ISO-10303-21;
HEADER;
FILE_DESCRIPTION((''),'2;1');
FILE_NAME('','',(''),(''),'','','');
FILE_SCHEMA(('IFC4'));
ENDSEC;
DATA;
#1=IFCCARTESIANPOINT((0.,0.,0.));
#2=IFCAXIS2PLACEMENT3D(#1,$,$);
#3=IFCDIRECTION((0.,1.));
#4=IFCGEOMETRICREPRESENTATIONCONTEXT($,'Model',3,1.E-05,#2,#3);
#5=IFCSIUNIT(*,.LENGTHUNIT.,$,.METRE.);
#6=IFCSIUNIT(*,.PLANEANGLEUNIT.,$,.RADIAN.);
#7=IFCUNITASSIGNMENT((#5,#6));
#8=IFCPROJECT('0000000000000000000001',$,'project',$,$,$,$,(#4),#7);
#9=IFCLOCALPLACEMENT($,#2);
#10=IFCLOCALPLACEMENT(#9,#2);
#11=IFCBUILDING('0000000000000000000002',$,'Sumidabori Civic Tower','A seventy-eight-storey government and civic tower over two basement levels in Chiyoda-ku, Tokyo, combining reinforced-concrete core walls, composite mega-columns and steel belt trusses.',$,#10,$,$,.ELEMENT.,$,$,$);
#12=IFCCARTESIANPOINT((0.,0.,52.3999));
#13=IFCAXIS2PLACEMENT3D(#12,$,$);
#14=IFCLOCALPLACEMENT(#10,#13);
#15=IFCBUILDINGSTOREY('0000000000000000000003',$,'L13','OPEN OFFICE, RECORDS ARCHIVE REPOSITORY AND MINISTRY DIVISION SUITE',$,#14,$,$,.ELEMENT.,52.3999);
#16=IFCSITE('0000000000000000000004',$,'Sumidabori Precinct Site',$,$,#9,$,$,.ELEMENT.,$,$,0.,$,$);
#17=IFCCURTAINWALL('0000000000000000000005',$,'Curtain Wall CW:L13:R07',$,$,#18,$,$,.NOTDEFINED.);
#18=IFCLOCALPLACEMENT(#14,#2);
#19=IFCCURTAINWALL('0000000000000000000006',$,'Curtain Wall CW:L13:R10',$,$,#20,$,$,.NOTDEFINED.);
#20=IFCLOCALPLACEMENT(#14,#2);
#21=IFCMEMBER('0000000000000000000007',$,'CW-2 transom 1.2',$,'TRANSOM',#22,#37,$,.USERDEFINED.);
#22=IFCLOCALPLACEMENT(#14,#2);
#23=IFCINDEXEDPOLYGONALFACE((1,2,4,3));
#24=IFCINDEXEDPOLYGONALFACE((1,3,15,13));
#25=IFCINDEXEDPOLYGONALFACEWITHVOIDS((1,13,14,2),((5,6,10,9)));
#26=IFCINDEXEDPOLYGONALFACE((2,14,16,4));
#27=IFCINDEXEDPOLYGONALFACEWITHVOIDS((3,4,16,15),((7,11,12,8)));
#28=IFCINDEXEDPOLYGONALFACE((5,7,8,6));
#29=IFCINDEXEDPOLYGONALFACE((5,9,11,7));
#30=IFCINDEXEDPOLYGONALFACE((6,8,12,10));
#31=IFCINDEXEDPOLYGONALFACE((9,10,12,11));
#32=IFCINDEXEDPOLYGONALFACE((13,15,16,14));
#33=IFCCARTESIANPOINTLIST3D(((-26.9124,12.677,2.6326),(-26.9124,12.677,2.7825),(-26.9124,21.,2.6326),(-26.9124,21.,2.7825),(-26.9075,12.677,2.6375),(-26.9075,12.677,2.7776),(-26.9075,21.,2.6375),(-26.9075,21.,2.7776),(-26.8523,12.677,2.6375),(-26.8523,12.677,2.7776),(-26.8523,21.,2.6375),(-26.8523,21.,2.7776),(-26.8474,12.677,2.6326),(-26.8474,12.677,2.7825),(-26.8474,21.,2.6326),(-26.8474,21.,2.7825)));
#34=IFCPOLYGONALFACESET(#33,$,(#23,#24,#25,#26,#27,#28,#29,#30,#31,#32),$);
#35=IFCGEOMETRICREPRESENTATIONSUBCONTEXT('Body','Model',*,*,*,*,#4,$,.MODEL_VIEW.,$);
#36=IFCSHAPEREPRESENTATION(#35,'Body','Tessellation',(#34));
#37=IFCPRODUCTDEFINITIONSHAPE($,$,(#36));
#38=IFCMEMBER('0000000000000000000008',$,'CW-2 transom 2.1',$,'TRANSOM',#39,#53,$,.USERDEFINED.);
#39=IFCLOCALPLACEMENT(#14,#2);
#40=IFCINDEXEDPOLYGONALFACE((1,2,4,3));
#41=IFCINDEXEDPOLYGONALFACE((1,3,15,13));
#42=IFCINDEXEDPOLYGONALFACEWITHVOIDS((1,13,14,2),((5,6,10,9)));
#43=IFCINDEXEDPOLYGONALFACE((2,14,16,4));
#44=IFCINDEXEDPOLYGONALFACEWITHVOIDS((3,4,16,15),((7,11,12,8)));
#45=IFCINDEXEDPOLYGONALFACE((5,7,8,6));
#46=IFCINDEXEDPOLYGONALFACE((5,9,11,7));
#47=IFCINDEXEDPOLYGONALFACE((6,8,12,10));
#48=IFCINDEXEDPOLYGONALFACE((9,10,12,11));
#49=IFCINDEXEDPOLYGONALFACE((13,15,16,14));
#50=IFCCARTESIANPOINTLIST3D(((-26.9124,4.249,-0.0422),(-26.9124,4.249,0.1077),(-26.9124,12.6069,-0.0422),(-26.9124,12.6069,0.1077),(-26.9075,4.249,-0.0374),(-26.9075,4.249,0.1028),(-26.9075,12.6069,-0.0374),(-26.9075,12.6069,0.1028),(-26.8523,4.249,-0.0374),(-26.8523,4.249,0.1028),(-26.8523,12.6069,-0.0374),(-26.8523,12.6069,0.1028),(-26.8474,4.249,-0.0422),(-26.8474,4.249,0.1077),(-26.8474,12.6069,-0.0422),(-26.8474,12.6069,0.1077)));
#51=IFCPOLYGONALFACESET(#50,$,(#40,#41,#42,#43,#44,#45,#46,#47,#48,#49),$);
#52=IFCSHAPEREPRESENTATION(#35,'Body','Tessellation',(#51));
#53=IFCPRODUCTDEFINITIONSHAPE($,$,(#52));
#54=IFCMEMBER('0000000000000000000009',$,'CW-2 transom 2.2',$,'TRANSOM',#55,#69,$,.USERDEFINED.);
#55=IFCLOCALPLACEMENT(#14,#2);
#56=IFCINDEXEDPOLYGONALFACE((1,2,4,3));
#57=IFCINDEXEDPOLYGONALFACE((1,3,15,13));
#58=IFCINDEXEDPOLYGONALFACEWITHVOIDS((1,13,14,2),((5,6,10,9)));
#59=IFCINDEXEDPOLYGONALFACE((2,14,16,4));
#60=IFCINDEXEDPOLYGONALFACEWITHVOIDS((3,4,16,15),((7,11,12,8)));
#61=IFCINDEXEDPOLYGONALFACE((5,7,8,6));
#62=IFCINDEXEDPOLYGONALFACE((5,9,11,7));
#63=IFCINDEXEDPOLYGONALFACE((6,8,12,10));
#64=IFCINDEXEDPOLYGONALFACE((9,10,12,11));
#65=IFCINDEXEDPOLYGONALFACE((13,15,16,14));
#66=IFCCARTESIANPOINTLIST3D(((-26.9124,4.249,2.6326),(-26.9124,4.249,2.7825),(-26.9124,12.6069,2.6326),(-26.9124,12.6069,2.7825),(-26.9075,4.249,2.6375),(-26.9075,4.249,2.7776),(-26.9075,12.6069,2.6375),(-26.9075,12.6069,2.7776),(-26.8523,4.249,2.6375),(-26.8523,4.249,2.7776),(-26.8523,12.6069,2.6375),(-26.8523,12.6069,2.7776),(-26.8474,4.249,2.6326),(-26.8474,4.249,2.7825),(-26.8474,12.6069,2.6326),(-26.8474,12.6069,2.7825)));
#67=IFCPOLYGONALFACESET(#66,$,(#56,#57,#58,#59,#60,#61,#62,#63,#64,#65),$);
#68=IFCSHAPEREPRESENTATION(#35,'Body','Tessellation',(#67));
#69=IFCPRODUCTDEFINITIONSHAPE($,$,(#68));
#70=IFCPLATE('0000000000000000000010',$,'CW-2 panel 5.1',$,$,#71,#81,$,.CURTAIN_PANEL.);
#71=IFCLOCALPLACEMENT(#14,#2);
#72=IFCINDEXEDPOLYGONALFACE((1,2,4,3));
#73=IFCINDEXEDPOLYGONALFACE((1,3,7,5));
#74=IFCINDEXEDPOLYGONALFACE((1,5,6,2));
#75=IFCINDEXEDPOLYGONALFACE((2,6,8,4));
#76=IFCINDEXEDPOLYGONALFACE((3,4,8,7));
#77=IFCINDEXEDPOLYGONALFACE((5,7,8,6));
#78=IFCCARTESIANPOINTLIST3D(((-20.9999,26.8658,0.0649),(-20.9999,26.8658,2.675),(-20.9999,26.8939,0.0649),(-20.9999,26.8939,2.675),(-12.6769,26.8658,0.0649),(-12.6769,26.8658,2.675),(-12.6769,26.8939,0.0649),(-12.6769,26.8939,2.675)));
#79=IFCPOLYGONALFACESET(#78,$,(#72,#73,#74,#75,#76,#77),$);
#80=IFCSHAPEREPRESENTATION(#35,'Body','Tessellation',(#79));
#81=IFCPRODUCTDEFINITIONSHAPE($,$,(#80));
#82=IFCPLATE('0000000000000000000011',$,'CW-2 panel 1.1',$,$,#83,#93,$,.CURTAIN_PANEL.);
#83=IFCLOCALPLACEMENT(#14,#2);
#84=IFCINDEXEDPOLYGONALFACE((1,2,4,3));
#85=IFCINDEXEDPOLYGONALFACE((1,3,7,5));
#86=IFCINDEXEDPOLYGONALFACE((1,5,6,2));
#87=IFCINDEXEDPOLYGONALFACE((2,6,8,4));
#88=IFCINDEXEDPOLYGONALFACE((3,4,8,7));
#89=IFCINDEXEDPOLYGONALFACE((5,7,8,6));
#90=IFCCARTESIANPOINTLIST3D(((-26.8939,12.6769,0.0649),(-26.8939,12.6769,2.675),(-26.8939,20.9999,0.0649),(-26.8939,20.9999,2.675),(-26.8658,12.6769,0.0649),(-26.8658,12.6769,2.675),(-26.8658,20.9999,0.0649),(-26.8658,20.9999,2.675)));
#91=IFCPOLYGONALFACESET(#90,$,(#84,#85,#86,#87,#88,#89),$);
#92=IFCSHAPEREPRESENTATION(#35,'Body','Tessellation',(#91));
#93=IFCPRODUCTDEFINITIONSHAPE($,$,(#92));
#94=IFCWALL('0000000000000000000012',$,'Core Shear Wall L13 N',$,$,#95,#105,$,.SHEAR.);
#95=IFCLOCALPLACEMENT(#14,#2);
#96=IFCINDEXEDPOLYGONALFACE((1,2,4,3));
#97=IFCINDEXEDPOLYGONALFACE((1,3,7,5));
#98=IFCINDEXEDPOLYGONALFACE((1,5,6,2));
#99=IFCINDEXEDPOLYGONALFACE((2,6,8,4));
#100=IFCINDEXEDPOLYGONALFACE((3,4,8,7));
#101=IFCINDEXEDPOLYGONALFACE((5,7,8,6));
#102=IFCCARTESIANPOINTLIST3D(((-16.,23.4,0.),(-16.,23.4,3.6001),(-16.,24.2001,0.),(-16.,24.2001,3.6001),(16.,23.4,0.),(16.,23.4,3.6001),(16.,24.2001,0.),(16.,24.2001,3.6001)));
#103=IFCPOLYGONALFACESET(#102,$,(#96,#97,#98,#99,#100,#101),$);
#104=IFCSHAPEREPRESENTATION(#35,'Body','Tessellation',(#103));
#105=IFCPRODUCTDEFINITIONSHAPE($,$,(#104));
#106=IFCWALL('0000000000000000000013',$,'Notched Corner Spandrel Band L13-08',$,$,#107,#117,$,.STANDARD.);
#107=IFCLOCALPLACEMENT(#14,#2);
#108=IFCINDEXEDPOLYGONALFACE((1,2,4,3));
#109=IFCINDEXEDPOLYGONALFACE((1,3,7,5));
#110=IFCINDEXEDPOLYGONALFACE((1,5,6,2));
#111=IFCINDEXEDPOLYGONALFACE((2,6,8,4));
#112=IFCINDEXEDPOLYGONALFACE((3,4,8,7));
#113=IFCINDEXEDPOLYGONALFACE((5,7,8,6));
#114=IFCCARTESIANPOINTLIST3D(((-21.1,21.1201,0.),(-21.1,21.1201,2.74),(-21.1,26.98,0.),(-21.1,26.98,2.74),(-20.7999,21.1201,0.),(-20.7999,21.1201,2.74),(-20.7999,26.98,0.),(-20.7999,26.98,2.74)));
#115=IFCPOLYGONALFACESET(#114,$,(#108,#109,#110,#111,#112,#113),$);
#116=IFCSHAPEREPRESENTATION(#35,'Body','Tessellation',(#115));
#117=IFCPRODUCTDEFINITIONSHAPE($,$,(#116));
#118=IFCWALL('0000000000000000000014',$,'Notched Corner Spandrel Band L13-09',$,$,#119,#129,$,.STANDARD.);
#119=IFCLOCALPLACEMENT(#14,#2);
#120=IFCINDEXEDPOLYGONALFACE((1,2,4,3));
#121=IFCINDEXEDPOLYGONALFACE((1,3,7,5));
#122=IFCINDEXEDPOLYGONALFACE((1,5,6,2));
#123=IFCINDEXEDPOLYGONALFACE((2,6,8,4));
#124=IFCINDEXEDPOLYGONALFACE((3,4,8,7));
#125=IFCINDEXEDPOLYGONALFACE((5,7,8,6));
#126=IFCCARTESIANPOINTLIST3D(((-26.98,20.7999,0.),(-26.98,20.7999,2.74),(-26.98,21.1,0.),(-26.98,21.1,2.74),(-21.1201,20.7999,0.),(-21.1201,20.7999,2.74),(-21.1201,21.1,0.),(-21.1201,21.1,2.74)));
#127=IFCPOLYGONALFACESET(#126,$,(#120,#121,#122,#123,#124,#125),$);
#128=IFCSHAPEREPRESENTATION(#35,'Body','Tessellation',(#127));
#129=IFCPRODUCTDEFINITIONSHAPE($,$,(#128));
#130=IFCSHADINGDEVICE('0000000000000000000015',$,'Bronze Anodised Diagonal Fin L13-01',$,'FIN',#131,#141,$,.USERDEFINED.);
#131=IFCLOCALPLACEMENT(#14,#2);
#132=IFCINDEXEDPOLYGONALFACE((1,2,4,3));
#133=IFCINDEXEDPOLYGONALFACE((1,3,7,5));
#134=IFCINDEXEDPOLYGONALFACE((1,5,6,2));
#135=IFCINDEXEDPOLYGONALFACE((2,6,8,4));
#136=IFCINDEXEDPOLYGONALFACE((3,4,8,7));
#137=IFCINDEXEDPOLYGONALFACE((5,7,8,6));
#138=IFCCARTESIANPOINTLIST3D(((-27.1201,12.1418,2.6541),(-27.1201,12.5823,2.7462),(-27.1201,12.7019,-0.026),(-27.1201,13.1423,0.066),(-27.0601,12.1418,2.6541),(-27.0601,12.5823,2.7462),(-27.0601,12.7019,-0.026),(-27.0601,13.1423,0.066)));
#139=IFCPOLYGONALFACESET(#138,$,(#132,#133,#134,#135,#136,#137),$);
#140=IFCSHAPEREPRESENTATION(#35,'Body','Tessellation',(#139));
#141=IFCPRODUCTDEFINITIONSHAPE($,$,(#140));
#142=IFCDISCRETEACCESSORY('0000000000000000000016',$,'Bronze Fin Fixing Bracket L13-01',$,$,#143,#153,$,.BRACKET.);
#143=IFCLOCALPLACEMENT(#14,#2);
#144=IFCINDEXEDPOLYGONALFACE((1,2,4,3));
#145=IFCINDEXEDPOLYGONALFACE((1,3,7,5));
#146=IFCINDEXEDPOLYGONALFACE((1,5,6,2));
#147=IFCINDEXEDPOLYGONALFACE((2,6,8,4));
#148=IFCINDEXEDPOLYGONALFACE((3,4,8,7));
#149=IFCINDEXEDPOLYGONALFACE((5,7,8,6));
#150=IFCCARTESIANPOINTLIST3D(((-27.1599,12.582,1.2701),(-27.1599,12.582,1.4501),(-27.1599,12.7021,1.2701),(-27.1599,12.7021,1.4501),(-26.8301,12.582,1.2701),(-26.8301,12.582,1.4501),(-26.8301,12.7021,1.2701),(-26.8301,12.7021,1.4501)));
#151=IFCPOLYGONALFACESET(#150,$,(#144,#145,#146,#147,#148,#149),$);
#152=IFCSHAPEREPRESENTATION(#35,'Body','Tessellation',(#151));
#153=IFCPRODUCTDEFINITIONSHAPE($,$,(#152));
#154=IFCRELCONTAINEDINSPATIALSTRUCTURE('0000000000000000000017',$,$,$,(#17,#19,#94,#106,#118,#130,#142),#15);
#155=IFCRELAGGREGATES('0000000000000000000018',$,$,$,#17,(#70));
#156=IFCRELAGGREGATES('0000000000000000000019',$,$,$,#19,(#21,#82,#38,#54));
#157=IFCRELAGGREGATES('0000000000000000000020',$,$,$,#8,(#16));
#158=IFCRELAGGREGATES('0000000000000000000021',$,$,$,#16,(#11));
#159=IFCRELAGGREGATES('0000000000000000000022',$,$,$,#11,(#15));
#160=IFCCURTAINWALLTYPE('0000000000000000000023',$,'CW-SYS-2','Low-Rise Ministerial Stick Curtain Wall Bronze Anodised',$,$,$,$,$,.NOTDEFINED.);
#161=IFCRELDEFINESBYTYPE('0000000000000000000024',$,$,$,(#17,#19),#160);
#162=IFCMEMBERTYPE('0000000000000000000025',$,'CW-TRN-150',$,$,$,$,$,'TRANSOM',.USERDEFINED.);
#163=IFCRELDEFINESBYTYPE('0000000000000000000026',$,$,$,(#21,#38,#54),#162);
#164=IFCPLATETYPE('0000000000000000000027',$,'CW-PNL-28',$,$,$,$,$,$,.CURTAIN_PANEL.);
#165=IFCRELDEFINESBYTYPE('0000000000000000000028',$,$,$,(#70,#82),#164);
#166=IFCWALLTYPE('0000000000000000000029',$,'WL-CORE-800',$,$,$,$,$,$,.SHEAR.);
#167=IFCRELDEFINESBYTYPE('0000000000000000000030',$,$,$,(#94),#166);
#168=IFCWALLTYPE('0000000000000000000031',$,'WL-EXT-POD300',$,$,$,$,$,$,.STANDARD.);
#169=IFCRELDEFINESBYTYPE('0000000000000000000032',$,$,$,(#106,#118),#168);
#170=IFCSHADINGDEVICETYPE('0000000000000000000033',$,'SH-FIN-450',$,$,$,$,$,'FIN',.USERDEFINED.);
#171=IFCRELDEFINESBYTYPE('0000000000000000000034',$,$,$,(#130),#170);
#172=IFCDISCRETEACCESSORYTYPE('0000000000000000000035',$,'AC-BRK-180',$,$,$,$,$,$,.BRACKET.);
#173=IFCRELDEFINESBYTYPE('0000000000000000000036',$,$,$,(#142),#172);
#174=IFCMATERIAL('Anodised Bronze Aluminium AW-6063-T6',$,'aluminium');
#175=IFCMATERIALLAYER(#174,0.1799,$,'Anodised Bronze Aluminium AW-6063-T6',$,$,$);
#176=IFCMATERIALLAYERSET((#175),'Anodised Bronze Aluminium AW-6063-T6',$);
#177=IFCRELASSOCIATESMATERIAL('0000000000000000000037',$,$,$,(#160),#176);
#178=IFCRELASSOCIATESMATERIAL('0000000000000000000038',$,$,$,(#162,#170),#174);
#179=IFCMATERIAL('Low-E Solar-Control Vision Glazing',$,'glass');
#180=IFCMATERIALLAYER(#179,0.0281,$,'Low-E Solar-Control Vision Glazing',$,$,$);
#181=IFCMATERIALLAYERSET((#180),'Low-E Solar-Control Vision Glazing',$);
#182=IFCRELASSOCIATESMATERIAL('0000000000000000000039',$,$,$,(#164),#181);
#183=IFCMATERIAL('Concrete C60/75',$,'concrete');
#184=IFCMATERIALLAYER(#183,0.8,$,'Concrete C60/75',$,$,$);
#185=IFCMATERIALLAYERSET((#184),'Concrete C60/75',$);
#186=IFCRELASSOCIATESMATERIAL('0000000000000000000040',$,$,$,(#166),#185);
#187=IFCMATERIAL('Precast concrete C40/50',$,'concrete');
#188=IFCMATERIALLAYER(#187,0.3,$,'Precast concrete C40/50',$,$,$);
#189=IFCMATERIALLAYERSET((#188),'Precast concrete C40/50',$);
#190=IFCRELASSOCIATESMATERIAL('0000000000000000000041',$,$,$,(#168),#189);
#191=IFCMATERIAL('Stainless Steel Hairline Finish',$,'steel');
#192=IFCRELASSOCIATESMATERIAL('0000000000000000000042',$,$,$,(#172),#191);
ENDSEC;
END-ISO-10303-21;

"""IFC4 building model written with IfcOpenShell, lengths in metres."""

from ifc_helpers import new_model, si_unit, direction, frame, frame_2d, origin, origin_2d, place, context, subcontext, project, spatial, rectangle, hollow_rectangle, extrude, source, transform, mapped, material, layer, layer_set, material_profile, profile_set, type_object, element, aggregate, save


model = new_model("IFC4")

# Units and contexts
model_context = context("Model", 3, precision=1e-05, world=origin(), true_north=direction((0.0, 1.0)))
body_context = subcontext(model_context, "Body", "Model", "MODEL_VIEW")
ifc_project = project(units=[si_unit("LENGTHUNIT", "METRE"), si_unit("PLANEANGLEUNIT", "RADIAN")], contexts=[model_context])

# Site, building, storey
site_placement = place(None, origin())
site = spatial("IfcSite", under=ifc_project, at=site_placement, Name="Sumidabori Precinct Site", CompositionType="ELEMENT", RefElevation=0.0)
building_placement = place(site_placement, origin())
building = spatial("IfcBuilding", under=site, at=building_placement, Name="Sumidabori Civic Tower", Description="A seventy-eight-storey government and civic tower over two basement levels in Chiyoda-ku, Tokyo, combining reinforced-concrete core walls, composite mega-columns and steel belt trusses.", CompositionType="ELEMENT")
storey_placement = place(building_placement, frame((0.0, 0.0, 52.3999)))
storey = spatial("IfcBuildingStorey", under=building, at=storey_placement, Name="L13", Description="OPEN OFFICE, RECORDS ARCHIVE REPOSITORY AND MINISTRY DIVISION SUITE", CompositionType="ELEMENT", Elevation=52.3999)

# Shared definitions
ifc_material_1 = material(Name="Concrete C60/75", Category="concrete")

# Curtain wall
ifc_material_2 = material(Name="Anodised Bronze Aluminium AW-6063-T6", Category="aluminium")
ifc_layer_1 = layer(ifc_material_2, 0.1799, Name="Anodised Bronze Aluminium AW-6063-T6")
ifc_layer_set_1 = layer_set([ifc_layer_1], Name="Anodised Bronze Aluminium AW-6063-T6")
curtain_wall_type = type_object("IfcCurtainWallType", Name="CW-SYS-2", Description="Low-Rise Ministerial Stick Curtain Wall Bronze Anodised", PredefinedType="NOTDEFINED", material=ifc_layer_set_1)
curtain_wall_1_placement = place(storey_placement, origin())
curtain_wall_1 = element("IfcCurtainWall", 1, at=curtain_wall_1_placement, inside=storey, type_object=curtain_wall_type, Name="Curtain Wall CW:L13:R07", PredefinedType="NOTDEFINED")

# Curtain wall, members
curtain_wall_2_placement = place(storey_placement, origin())
curtain_wall_2 = element("IfcCurtainWall", 2, at=curtain_wall_2_placement, inside=storey, type_object=curtain_wall_type, Name="Curtain Wall CW:L13:R10", PredefinedType="NOTDEFINED")
ifc_material_profile_1 = material_profile(ifc_material_2, hollow_rectangle(XDim=0.0649, YDim=0.1499, WallThickness=0.0049, at=origin_2d()), Name="ALU TRANSOM 150x65")
ifc_profile_set_1 = profile_set([ifc_material_profile_1], Name="Anodised Bronze Aluminium AW-6063-T6")
member_type_1 = type_object("IfcMemberType", Name="CW-TRN-150", ElementType="TRANSOM", PredefinedType="USERDEFINED", material=ifc_profile_set_1)
shared_shape_1 = source(origin(), body_context, "Body", "SweptSolid", [
    extrude(hollow_rectangle(XDim=0.0649, YDim=0.1499, WallThickness=0.0049, at=origin_2d()), origin(), (0.0, 0.0, 1.0), 8.323),
])
member_1_placement = place(storey_placement, frame((-26.8799, 21.0, 2.7075), z_axis=(0.0, -1.0, 0.0), x_axis=(1.0, 0.0, 0.0)))
member_1 = element("IfcMember", 3, at=member_1_placement, type_object=member_type_1, Name="CW-2 transom 1.2", ObjectType="TRANSOM", PredefinedType="USERDEFINED", context=body_context, shape_type="MappedRepresentation", body=[
    mapped(shared_shape_1, transform((0.0, 0.0, 0.0), x_axis=(1.0, 0.0, 0.0), y_axis=(0.0, 1.0, 0.0), z_axis=(0.0, 0.0, 1.0), scale=1.0)),
])
shared_shape_2 = source(origin(), body_context, "Body", "SweptSolid", [
    extrude(hollow_rectangle(XDim=0.0649, YDim=0.1499, WallThickness=0.0049, at=origin_2d()), origin(), (0.0, 0.0, 1.0), 8.3579),
])
member_2_placement = place(storey_placement, frame((-26.8799, 12.6069, 0.0327), z_axis=(0.0, -1.0, 0.0), x_axis=(1.0, 0.0, 0.0)))
member_2 = element("IfcMember", 4, at=member_2_placement, type_object=member_type_1, Name="CW-2 transom 2.1", ObjectType="TRANSOM", PredefinedType="USERDEFINED", context=body_context, shape_type="MappedRepresentation", body=[
    mapped(shared_shape_2, transform((0.0, 0.0, 0.0), x_axis=(1.0, 0.0, 0.0), y_axis=(0.0, 1.0, 0.0), z_axis=(0.0, 0.0, 1.0), scale=1.0)),
])
member_3_placement = place(storey_placement, frame((-26.8799, 12.6069, 2.7075), z_axis=(0.0, -1.0, 0.0), x_axis=(1.0, 0.0, 0.0)))
member_3 = element("IfcMember", 5, at=member_3_placement, type_object=member_type_1, Name="CW-2 transom 2.2", ObjectType="TRANSOM", PredefinedType="USERDEFINED", context=body_context, shape_type="MappedRepresentation", body=[
    mapped(shared_shape_2, transform((0.0, 0.0, 0.0), x_axis=(1.0, 0.0, 0.0), y_axis=(0.0, 1.0, 0.0), z_axis=(0.0, 0.0, 1.0), scale=1.0)),
])

# Plates
ifc_material_3 = material(Name="Low-E Solar-Control Vision Glazing", Category="glass")
ifc_layer_2 = layer(ifc_material_3, 0.0281, Name="Low-E Solar-Control Vision Glazing")
ifc_layer_set_2 = layer_set([ifc_layer_2], Name="Low-E Solar-Control Vision Glazing")
plate_type = type_object("IfcPlateType", Name="CW-PNL-28", PredefinedType="CURTAIN_PANEL", material=ifc_layer_set_2)
shared_shape_3 = source(origin(), body_context, "Body", "SweptSolid", [
    extrude(rectangle(XDim=8.323, YDim=0.0281, at=origin_2d()), origin(), (0.0, 0.0, 1.0), 2.6101),
])
plate_1_placement = place(storey_placement, frame((-16.8384, 26.8799, 0.0649), z_axis=(0.0, 0.0, 1.0), x_axis=(-1.0, 0.0, 0.0)))
plate_1 = element("IfcPlate", 6, at=plate_1_placement, type_object=plate_type, Name="CW-2 panel 5.1", PredefinedType="CURTAIN_PANEL", context=body_context, shape_type="MappedRepresentation", body=[
    mapped(shared_shape_3, transform((0.0, 0.0, 0.0), x_axis=(1.0, 0.0, 0.0), y_axis=(0.0, 1.0, 0.0), z_axis=(0.0, 0.0, 1.0), scale=1.0)),
])
aggregate(curtain_wall_1, [plate_1])
plate_2_placement = place(storey_placement, frame((-26.8799, 16.8384, 0.0649), z_axis=(0.0, 0.0, 1.0), x_axis=(0.0, -1.0, 0.0)))
plate_2 = element("IfcPlate", 7, at=plate_2_placement, type_object=plate_type, Name="CW-2 panel 1.1", PredefinedType="CURTAIN_PANEL", context=body_context, shape_type="MappedRepresentation", body=[
    mapped(shared_shape_3, transform((0.0, 0.0, 0.0), x_axis=(1.0, 0.0, 0.0), y_axis=(0.0, 1.0, 0.0), z_axis=(0.0, 0.0, 1.0), scale=1.0)),
])
aggregate(curtain_wall_2, [member_1, plate_2, member_2, member_3])

# Walls
ifc_layer_3 = layer(ifc_material_1, 0.8, Name="Concrete C60/75")
ifc_layer_set_3 = layer_set([ifc_layer_3], Name="Concrete C60/75")
wall_type_1 = type_object("IfcWallType", Name="WL-CORE-800", PredefinedType="SHEAR", material=ifc_layer_set_3)
shared_shape_4 = source(origin(), body_context, "Body", "SweptSolid", [
    extrude(rectangle(XDim=32.0, YDim=0.8, at=frame_2d((16.0, 0.0))), origin(), (0.0, 0.0, 1.0), 3.6001),
])
wall_placement = place(storey_placement, frame((-16.0, 23.8, 0.0), z_axis=(0.0, 0.0, 1.0), x_axis=(1.0, 0.0, 0.0)))
element("IfcWall", 8, at=wall_placement, inside=storey, type_object=wall_type_1, Name="Core Shear Wall L13 N", PredefinedType="SHEAR", context=body_context, shape_type="MappedRepresentation", body=[
    mapped(shared_shape_4, transform((0.0, 0.0, 0.0), x_axis=(1.0, 0.0, 0.0), y_axis=(0.0, 1.0, 0.0), z_axis=(0.0, 0.0, 1.0), scale=1.0)),
])
ifc_material_4 = material(Name="Precast concrete C40/50", Category="concrete")
ifc_layer_4 = layer(ifc_material_4, 0.3, Name="Precast concrete C40/50")
ifc_layer_set_4 = layer_set([ifc_layer_4], Name="Precast concrete C40/50")
wall_type_2 = type_object("IfcWallType", Name="WL-EXT-POD300", PredefinedType="STANDARD", material=ifc_layer_set_4)
shared_shape_5 = source(origin(), body_context, "Body", "SweptSolid", [
    extrude(rectangle(XDim=5.8599, YDim=0.3, at=frame_2d((2.9299, 0.0))), origin(), (0.0, 0.0, 1.0), 2.74),
])
for number, where, z_axis, x_axis, name in (
    (9, (-20.95, 26.98, 0.0), (0.0, 0.0, 1.0), (0.0, -1.0, 0.0), "Notched Corner Spandrel Band L13-08"),
    (10, (-21.1201, 20.95, 0.0), (0.0, 0.0, 1.0), (-1.0, 0.0, 0.0), "Notched Corner Spandrel Band L13-09"),
):
    element("IfcWall", number, at=place(storey_placement, frame(where, z_axis=z_axis, x_axis=x_axis)), inside=storey, type_object=wall_type_2, Name=name, PredefinedType="STANDARD", context=body_context, shape_type="MappedRepresentation", body=[
        mapped(shared_shape_5, transform((0.0, 0.0, 0.0), x_axis=(1.0, 0.0, 0.0), y_axis=(0.0, 1.0, 0.0), z_axis=(0.0, 0.0, 1.0), scale=1.0)),
    ])

# Shading device
ifc_material_profile_2 = material_profile(ifc_material_2, rectangle(XDim=0.0601, YDim=0.45, at=origin_2d()), Name="BRONZE FIN 450x60")
ifc_profile_set_2 = profile_set([ifc_material_profile_2], Name="Anodised Bronze Aluminium AW-6063-T6")
shading_device_type = type_object("IfcShadingDeviceType", Name="SH-FIN-450", ElementType="FIN", PredefinedType="USERDEFINED", material=ifc_profile_set_2)
shared_shape_6 = source(origin(), body_context, "Body", "SweptSolid", [
    extrude(rectangle(XDim=0.0601, YDim=0.45, at=origin_2d()), origin(), (0.0, 0.0, 1.0), 2.738),
])
shading_device_placement = place(storey_placement, frame((-27.0901, 12.9221, 0.02), z_axis=(0.0, -0.204545, 0.978857), x_axis=(-1.0, 0.0, 0.0)))
element("IfcShadingDevice", 11, at=shading_device_placement, inside=storey, type_object=shading_device_type, Name="Bronze Anodised Diagonal Fin L13-01", ObjectType="FIN", PredefinedType="USERDEFINED", context=body_context, shape_type="MappedRepresentation", body=[
    mapped(shared_shape_6, transform((0.0, 0.0, 0.0), x_axis=(1.0, 0.0, 0.0), y_axis=(0.0, 1.0, 0.0), z_axis=(0.0, 0.0, 1.0), scale=1.0)),
])

# Discrete accessory
ifc_material_5 = material(Name="Stainless Steel Hairline Finish", Category="steel")
ifc_material_profile_3 = material_profile(ifc_material_5, rectangle(XDim=0.1201, YDim=0.1799, at=origin_2d()), Name="STEEL BRACKET 180x120")
ifc_profile_set_3 = profile_set([ifc_material_profile_3], Name="Stainless Steel Hairline Finish")
discrete_accessory_type = type_object("IfcDiscreteAccessoryType", Name="AC-BRK-180", PredefinedType="BRACKET", material=ifc_profile_set_3)
shared_shape_7 = source(origin(), body_context, "Body", "SweptSolid", [
    extrude(rectangle(XDim=0.1201, YDim=0.1799, at=origin_2d()), origin(), (0.0, 0.0, 1.0), 0.3298),
])
discrete_accessory_placement = place(storey_placement, frame((-26.8301, 12.6421, 1.3601), z_axis=(-1.0, 0.0, 0.0), x_axis=(0.0, -1.0, 0.0)))
element("IfcDiscreteAccessory", 12, at=discrete_accessory_placement, inside=storey, type_object=discrete_accessory_type, Name="Bronze Fin Fixing Bracket L13-01", PredefinedType="BRACKET", context=body_context, shape_type="MappedRepresentation", body=[
    mapped(shared_shape_7, transform((0.0, 0.0, 0.0), x_axis=(1.0, 0.0, 0.0), y_axis=(0.0, 1.0, 0.0), z_axis=(0.0, 0.0, 1.0), scale=1.0)),
])

save(model, "model.ifc")
